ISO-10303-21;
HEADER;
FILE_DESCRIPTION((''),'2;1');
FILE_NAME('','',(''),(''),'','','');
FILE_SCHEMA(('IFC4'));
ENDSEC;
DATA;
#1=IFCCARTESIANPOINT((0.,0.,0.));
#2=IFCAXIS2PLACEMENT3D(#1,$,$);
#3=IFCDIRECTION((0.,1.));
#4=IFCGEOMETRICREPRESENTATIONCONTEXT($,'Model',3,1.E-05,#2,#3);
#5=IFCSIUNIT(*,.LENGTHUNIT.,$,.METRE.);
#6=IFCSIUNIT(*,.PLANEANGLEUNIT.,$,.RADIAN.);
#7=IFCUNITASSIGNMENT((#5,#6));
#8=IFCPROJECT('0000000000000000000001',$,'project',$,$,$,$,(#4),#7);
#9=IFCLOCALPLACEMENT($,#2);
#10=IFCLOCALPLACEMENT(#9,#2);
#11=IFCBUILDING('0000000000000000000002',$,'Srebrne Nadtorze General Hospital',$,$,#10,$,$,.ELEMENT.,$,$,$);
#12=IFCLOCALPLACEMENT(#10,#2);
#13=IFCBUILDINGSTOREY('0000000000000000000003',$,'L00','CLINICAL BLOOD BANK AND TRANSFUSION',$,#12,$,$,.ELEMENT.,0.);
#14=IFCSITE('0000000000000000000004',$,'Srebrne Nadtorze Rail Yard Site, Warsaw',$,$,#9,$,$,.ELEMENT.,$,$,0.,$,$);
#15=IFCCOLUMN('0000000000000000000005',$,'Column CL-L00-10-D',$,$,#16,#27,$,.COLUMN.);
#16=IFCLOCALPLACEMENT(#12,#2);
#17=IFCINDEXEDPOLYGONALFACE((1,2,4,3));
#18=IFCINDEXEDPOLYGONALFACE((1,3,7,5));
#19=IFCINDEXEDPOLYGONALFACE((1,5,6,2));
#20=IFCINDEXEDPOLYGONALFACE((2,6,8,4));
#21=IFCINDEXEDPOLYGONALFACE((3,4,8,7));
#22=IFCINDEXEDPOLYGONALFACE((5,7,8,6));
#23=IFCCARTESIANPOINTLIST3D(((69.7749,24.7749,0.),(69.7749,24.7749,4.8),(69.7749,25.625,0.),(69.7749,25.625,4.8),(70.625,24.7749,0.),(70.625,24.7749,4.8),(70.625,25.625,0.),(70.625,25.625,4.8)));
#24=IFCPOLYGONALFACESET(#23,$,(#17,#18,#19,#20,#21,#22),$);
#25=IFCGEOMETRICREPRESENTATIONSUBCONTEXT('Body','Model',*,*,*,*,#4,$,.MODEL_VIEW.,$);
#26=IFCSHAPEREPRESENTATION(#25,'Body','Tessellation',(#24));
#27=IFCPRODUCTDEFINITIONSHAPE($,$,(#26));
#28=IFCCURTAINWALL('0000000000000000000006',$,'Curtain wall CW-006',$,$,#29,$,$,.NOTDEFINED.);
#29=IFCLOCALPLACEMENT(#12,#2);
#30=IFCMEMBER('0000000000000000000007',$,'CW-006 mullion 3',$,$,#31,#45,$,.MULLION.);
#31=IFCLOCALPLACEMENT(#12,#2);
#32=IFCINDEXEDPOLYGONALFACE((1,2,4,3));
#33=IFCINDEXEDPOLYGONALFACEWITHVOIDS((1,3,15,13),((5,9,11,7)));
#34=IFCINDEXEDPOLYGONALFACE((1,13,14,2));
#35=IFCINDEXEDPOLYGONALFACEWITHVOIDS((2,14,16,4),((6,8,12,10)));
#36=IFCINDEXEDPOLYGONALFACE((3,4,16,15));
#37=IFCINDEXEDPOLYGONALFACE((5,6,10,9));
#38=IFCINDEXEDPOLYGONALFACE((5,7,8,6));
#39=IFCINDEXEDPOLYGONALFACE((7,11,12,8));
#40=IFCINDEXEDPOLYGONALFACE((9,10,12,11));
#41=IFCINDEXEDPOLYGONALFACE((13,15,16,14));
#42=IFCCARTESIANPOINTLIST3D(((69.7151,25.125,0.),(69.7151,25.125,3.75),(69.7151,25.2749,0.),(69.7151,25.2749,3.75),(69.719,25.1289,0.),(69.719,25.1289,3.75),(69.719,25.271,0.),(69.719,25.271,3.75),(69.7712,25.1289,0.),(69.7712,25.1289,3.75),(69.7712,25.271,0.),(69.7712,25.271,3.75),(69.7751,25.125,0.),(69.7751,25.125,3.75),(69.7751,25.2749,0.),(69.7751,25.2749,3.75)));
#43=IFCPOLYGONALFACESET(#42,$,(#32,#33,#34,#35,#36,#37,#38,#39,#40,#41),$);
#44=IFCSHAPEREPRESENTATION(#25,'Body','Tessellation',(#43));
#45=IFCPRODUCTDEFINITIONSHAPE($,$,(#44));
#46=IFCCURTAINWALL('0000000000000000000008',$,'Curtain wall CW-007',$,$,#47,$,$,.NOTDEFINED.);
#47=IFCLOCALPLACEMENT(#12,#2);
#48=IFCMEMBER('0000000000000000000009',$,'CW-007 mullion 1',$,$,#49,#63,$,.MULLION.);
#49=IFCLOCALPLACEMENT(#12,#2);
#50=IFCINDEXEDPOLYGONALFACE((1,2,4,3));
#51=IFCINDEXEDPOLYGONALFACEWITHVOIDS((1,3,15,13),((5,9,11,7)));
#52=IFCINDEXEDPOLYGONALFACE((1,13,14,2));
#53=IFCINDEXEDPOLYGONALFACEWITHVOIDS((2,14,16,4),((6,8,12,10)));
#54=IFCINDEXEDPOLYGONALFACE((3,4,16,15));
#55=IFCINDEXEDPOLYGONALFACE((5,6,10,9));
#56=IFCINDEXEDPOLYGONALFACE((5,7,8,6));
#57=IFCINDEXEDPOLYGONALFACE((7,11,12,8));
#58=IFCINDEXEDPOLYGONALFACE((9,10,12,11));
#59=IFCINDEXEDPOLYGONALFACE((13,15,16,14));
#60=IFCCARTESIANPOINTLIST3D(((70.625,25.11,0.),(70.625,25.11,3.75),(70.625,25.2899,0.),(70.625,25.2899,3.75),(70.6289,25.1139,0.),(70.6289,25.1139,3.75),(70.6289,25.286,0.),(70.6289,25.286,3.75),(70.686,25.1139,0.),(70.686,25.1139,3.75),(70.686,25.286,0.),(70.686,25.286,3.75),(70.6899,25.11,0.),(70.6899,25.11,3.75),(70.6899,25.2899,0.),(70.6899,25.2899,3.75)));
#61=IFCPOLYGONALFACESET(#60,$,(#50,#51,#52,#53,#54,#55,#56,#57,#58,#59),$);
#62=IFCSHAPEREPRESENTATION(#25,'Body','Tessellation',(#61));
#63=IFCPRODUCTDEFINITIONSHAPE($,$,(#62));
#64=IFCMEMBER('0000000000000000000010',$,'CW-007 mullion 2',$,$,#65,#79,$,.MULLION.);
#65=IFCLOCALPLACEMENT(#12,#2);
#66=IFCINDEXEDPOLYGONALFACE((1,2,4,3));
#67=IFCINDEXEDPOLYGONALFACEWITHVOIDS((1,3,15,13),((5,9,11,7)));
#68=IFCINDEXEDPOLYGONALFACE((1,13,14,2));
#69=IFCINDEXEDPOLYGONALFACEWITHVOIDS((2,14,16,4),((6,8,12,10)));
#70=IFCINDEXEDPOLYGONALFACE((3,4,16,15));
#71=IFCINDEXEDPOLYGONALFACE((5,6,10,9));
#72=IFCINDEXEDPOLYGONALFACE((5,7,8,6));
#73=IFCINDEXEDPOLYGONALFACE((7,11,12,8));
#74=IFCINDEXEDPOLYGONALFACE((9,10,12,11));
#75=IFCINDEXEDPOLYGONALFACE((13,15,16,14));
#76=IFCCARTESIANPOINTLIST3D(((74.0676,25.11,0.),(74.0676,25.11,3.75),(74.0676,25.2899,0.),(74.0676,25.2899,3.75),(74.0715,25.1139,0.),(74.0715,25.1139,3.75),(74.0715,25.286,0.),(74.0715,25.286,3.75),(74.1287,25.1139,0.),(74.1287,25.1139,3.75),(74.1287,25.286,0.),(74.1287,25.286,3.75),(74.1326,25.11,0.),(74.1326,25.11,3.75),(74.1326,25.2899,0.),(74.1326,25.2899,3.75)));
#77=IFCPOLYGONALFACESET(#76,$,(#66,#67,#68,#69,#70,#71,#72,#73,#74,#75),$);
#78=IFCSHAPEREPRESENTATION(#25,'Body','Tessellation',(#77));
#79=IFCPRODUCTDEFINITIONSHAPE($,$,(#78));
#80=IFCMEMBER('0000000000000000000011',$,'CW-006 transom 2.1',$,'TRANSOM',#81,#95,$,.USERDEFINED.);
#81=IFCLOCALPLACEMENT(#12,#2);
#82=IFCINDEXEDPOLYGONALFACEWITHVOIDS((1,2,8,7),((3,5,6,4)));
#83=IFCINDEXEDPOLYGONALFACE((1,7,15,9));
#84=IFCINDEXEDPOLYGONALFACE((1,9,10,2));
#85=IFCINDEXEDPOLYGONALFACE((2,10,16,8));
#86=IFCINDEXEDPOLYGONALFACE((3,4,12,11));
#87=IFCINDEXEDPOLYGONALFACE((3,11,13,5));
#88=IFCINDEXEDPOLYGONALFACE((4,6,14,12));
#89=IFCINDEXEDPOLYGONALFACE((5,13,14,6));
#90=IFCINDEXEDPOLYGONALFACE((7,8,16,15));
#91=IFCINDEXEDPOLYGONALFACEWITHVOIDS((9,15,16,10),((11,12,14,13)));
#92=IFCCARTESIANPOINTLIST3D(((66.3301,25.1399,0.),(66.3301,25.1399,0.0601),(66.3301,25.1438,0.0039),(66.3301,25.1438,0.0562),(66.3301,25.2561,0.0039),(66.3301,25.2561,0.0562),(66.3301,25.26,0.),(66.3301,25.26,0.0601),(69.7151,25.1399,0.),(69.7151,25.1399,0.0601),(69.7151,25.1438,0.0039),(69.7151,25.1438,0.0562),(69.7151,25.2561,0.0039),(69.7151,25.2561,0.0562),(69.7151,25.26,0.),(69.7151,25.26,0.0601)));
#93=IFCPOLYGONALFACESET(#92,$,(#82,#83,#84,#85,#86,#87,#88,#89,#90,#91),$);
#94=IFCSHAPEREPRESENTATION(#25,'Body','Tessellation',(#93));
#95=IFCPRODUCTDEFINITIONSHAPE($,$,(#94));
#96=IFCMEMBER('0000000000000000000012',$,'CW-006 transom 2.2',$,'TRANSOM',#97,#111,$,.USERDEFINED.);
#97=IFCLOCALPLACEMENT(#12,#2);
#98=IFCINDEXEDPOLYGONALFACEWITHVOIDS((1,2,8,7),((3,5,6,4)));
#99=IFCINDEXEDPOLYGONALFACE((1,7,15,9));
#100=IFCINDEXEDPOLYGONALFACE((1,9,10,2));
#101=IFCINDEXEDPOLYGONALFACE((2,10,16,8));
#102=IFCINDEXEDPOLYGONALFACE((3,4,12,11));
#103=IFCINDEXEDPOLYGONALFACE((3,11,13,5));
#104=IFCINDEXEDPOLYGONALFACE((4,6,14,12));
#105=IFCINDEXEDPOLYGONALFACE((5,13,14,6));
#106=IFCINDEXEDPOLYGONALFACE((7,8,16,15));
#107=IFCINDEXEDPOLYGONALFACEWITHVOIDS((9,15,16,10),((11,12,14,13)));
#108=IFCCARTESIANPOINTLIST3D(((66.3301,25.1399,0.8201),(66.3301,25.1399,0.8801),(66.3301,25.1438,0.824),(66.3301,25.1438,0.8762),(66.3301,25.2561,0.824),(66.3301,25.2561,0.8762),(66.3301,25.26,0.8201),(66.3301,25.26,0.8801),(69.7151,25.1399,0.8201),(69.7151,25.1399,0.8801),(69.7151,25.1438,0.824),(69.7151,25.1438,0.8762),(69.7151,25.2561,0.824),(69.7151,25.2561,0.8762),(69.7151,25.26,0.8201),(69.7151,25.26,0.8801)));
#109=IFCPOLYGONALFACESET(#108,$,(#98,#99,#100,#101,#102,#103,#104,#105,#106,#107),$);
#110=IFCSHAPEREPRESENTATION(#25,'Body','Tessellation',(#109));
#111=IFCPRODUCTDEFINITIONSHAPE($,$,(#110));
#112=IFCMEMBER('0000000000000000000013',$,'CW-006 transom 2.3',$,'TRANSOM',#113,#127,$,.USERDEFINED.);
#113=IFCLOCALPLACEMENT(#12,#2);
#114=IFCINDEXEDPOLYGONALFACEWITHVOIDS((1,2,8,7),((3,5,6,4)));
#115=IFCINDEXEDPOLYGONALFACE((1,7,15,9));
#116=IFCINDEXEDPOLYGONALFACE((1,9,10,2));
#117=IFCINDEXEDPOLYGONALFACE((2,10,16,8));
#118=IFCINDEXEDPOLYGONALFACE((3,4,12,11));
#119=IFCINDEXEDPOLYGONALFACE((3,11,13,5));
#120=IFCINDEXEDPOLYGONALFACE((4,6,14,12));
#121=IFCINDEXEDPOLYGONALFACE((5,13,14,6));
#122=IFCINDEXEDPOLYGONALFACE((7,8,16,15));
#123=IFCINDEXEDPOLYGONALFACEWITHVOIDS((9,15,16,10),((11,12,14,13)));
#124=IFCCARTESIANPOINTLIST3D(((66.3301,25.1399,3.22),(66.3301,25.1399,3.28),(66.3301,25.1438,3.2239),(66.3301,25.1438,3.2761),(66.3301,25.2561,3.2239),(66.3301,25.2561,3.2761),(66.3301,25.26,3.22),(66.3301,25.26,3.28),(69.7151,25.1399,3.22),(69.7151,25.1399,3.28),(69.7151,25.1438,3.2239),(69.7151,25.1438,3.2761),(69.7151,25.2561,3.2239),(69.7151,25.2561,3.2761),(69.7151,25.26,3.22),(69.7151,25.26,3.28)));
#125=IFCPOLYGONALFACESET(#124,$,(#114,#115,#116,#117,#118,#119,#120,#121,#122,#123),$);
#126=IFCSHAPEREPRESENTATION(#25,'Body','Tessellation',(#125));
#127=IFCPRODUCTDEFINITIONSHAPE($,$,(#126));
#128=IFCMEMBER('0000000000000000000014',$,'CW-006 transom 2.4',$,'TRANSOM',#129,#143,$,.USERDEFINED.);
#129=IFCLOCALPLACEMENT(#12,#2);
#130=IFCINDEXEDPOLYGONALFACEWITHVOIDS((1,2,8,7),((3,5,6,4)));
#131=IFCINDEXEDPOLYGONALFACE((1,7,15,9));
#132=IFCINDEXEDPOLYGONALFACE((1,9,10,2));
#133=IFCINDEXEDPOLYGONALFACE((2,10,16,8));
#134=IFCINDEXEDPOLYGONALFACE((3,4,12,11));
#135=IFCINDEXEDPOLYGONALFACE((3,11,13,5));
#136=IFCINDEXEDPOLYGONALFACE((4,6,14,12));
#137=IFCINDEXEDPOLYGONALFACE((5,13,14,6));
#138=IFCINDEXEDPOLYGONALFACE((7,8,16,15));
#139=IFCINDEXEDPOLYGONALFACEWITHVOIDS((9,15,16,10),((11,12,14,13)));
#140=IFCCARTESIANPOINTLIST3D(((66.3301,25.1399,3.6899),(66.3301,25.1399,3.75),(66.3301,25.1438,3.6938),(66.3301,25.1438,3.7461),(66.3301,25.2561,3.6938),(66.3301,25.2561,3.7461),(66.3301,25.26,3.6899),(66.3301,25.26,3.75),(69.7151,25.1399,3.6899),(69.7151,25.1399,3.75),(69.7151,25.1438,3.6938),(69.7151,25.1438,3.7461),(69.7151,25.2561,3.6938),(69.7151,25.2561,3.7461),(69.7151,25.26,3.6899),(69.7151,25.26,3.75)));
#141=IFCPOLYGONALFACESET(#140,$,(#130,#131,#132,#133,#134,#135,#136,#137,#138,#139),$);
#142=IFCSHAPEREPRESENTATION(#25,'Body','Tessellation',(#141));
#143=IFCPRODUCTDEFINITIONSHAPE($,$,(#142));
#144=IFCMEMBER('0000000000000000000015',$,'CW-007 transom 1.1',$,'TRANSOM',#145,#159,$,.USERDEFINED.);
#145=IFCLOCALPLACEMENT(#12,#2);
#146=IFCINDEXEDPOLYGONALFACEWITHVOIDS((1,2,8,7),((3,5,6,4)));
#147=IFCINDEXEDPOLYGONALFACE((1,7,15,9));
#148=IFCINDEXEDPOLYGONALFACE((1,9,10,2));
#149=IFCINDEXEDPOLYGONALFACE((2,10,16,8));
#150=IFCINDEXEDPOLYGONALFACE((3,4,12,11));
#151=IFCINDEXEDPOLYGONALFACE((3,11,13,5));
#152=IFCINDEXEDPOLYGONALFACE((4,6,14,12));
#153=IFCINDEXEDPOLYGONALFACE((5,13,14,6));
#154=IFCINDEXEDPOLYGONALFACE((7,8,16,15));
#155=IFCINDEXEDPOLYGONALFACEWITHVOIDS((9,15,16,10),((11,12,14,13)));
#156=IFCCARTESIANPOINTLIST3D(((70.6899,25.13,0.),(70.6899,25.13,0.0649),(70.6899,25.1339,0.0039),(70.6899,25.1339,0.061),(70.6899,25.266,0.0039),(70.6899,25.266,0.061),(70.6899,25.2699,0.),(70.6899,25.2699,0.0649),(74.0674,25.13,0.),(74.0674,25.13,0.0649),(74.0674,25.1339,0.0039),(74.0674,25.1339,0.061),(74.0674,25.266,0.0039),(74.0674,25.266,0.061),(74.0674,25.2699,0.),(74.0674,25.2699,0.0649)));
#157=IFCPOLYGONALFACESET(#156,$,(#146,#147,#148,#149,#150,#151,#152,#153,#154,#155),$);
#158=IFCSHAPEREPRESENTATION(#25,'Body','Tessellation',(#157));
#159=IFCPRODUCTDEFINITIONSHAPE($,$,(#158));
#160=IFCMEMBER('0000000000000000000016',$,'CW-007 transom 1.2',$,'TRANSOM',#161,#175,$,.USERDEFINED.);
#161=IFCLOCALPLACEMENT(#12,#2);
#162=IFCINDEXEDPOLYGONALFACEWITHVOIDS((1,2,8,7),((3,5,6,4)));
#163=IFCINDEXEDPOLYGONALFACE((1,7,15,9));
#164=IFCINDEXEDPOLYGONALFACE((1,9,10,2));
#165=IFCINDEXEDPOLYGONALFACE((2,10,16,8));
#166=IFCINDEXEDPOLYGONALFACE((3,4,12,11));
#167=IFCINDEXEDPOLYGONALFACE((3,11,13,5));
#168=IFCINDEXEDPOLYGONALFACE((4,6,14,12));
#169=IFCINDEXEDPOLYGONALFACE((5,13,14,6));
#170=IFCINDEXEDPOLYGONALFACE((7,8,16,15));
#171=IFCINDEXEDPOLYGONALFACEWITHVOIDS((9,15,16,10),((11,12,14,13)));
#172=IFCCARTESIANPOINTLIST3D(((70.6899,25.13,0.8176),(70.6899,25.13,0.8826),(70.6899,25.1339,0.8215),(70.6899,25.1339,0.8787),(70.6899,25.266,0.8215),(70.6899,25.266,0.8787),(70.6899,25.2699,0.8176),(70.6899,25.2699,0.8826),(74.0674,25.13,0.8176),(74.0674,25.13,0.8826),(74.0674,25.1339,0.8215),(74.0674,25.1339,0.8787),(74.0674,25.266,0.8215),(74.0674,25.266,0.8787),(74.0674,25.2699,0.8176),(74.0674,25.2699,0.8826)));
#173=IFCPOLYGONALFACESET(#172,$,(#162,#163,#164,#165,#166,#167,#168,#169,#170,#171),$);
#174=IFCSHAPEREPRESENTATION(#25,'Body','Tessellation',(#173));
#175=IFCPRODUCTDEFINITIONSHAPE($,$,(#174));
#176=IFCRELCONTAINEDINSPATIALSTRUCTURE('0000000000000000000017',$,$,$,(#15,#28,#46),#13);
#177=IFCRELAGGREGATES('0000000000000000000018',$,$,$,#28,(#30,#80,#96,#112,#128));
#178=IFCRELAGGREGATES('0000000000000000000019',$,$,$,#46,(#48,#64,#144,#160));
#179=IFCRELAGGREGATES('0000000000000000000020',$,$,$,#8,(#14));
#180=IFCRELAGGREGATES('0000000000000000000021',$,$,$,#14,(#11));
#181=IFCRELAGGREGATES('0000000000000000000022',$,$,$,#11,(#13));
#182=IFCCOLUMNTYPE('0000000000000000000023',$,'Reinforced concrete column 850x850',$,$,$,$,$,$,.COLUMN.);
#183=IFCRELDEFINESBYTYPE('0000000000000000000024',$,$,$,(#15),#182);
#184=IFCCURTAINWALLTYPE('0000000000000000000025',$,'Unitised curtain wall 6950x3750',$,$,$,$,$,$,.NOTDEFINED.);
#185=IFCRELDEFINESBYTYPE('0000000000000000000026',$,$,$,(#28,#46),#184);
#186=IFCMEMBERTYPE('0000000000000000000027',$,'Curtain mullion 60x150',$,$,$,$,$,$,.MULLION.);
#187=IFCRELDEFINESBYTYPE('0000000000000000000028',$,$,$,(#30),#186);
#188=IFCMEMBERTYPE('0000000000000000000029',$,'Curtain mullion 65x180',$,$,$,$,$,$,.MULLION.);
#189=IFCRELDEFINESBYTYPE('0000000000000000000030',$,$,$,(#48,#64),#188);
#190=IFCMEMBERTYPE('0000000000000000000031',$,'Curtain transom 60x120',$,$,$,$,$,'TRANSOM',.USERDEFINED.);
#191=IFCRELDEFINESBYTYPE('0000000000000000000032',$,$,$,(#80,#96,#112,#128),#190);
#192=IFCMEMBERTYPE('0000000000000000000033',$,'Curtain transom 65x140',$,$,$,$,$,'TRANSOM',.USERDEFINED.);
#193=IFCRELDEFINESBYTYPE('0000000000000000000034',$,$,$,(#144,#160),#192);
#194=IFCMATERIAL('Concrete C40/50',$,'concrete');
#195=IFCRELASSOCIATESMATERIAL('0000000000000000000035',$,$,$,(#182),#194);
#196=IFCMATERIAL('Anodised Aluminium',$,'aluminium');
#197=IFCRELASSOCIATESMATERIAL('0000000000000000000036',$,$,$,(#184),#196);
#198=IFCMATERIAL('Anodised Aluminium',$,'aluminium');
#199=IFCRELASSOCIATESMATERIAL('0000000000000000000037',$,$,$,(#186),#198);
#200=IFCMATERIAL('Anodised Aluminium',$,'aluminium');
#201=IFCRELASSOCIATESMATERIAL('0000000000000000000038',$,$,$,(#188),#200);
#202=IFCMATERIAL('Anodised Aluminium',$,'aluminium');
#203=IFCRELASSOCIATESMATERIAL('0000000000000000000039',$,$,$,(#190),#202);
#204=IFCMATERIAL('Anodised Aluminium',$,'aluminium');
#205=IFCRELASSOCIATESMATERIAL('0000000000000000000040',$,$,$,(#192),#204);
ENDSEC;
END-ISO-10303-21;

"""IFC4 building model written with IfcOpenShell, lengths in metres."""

from ifc_helpers import new_model, si_unit, direction, frame, origin, origin_2d, place, context, subcontext, project, spatial, rectangle, hollow_rectangle, extrude, material, material_profile, profile_set, type_object, element, aggregate, save


model = new_model("IFC4")

# Units and contexts
model_context = context("Model", 3, precision=1e-05, world=origin(), true_north=direction((0.0, 1.0)))
body_context = subcontext(model_context, "Body", "Model", "MODEL_VIEW")
ifc_project = project(units=[si_unit("LENGTHUNIT", "METRE"), si_unit("PLANEANGLEUNIT", "RADIAN")], contexts=[model_context])

# Site, building, storey
site_placement = place(None, origin())
site = spatial("IfcSite", under=ifc_project, at=site_placement, Name="Srebrne Nadtorze Rail Yard Site, Warsaw", CompositionType="ELEMENT", RefElevation=0.0)
building_placement = place(site_placement, origin())
building = spatial("IfcBuilding", under=site, at=building_placement, Name="Srebrne Nadtorze General Hospital", CompositionType="ELEMENT")
storey_placement = place(building_placement, origin())
storey = spatial("IfcBuildingStorey", under=building, at=storey_placement, Name="L00", Description="CLINICAL BLOOD BANK AND TRANSFUSION", CompositionType="ELEMENT", Elevation=0.0)

# Column
ifc_material_1 = material(Name="Concrete C40/50", Category="concrete")
ifc_material_profile_1 = material_profile(ifc_material_1, rectangle(XDim=0.8501, YDim=0.8501, at=origin_2d()), Name="RC-COL-850x850")
ifc_profile_set_1 = profile_set([ifc_material_profile_1], Name="Concrete C40/50")
column_type = type_object("IfcColumnType", Name="Reinforced concrete column 850x850", PredefinedType="COLUMN", material=ifc_profile_set_1)
column_placement = place(storey_placement, frame((70.2, 25.2, 0.0), z_axis=(0.0, 0.0, 1.0), x_axis=(1.0, 0.0, 0.0)))
element("IfcColumn", 1, at=column_placement, inside=storey, type_object=column_type, Name="Column CL-L00-10-D", PredefinedType="COLUMN", context=body_context, shape_type="SweptSolid", body=[
    extrude(rectangle(XDim=0.8501, YDim=0.8501, at=origin_2d()), origin(), (0.0, 0.0, 1.0), 4.8),
])

# Curtain wall, member
ifc_material_2 = material(Name="Anodised Aluminium", Category="aluminium")
curtain_wall_type = type_object("IfcCurtainWallType", Name="Unitised curtain wall 6950x3750", PredefinedType="NOTDEFINED", material=ifc_material_2)
curtain_wall_1_placement = place(storey_placement, origin())
curtain_wall_1 = element("IfcCurtainWall", 2, at=curtain_wall_1_placement, inside=storey, type_object=curtain_wall_type, Name="Curtain wall CW-006", PredefinedType="NOTDEFINED")
ifc_material_3 = material(Name="Anodised Aluminium", Category="aluminium")
ifc_material_profile_2 = material_profile(ifc_material_3, hollow_rectangle(XDim=0.0601, YDim=0.1499, WallThickness=0.0039, at=origin_2d()), Name="AL-MUL-60x150")
ifc_profile_set_2 = profile_set([ifc_material_profile_2], Name="Anodised Aluminium")
member_type_1 = type_object("IfcMemberType", Name="Curtain mullion 60x150", PredefinedType="MULLION", material=ifc_profile_set_2)
member_1_placement = place(storey_placement, frame((69.7451, 25.2, 0.0), z_axis=(0.0, 0.0, 1.0), x_axis=(1.0, 0.0, 0.0)))
member_1 = element("IfcMember", 3, at=member_1_placement, type_object=member_type_1, Name="CW-006 mullion 3", PredefinedType="MULLION", context=body_context, shape_type="SweptSolid", body=[
    extrude(hollow_rectangle(XDim=0.0601, YDim=0.1499, WallThickness=0.0039, at=origin_2d()), origin(), (0.0, 0.0, 1.0), 3.75),
])

# Curtain wall, members
curtain_wall_2_placement = place(storey_placement, origin())
curtain_wall_2 = element("IfcCurtainWall", 4, at=curtain_wall_2_placement, inside=storey, type_object=curtain_wall_type, Name="Curtain wall CW-007", PredefinedType="NOTDEFINED")
ifc_material_4 = material(Name="Anodised Aluminium", Category="aluminium")
ifc_material_profile_3 = material_profile(ifc_material_4, hollow_rectangle(XDim=0.0649, YDim=0.1799, WallThickness=0.0039, at=origin_2d()), Name="AL-MUL-65x180")
ifc_profile_set_3 = profile_set([ifc_material_profile_3], Name="Anodised Aluminium")
member_type_2 = type_object("IfcMemberType", Name="Curtain mullion 65x180", PredefinedType="MULLION", material=ifc_profile_set_3)
member_2_placement = place(storey_placement, frame((70.6575, 25.2, 0.0), z_axis=(0.0, 0.0, 1.0), x_axis=(1.0, 0.0, 0.0)))
member_2 = element("IfcMember", 5, at=member_2_placement, type_object=member_type_2, Name="CW-007 mullion 1", PredefinedType="MULLION", context=body_context, shape_type="SweptSolid", body=[
    extrude(hollow_rectangle(XDim=0.0649, YDim=0.1799, WallThickness=0.0039, at=origin_2d()), origin(), (0.0, 0.0, 1.0), 3.75),
])
member_3_placement = place(storey_placement, frame((74.1001, 25.2, 0.0), z_axis=(0.0, 0.0, 1.0), x_axis=(1.0, 0.0, 0.0)))
member_3 = element("IfcMember", 6, at=member_3_placement, type_object=member_type_2, Name="CW-007 mullion 2", PredefinedType="MULLION", context=body_context, shape_type="SweptSolid", body=[
    extrude(hollow_rectangle(XDim=0.0649, YDim=0.1799, WallThickness=0.0039, at=origin_2d()), origin(), (0.0, 0.0, 1.0), 3.75),
])

# Members
ifc_material_5 = material(Name="Anodised Aluminium", Category="aluminium")
ifc_material_profile_4 = material_profile(ifc_material_5, hollow_rectangle(XDim=0.0601, YDim=0.1201, WallThickness=0.0039, at=origin_2d()), Name="AL-TRN-60x120")
ifc_profile_set_4 = profile_set([ifc_material_profile_4], Name="Anodised Aluminium")
member_type_3 = type_object("IfcMemberType", Name="Curtain transom 60x120", ElementType="TRANSOM", PredefinedType="USERDEFINED", material=ifc_profile_set_4)
member_4_placement = place(storey_placement, frame((66.3301, 25.2, 0.03), z_axis=(1.0, 0.0, 0.0), x_axis=(0.0, 0.0, 1.0)))
member_4 = element("IfcMember", 7, at=member_4_placement, type_object=member_type_3, Name="CW-006 transom 2.1", ObjectType="TRANSOM", PredefinedType="USERDEFINED", context=body_context, shape_type="SweptSolid", body=[
    extrude(hollow_rectangle(XDim=0.0601, YDim=0.1201, WallThickness=0.0039, at=origin_2d()), origin(), (0.0, 0.0, 1.0), 3.385),
])
member_5_placement = place(storey_placement, frame((66.3301, 25.2, 0.8501), z_axis=(1.0, 0.0, 0.0), x_axis=(0.0, 0.0, 1.0)))
member_5 = element("IfcMember", 8, at=member_5_placement, type_object=member_type_3, Name="CW-006 transom 2.2", ObjectType="TRANSOM", PredefinedType="USERDEFINED", context=body_context, shape_type="SweptSolid", body=[
    extrude(hollow_rectangle(XDim=0.0601, YDim=0.1201, WallThickness=0.0039, at=origin_2d()), origin(), (0.0, 0.0, 1.0), 3.385),
])
member_6_placement = place(storey_placement, frame((66.3301, 25.2, 3.25), z_axis=(1.0, 0.0, 0.0), x_axis=(0.0, 0.0, 1.0)))
member_6 = element("IfcMember", 9, at=member_6_placement, type_object=member_type_3, Name="CW-006 transom 2.3", ObjectType="TRANSOM", PredefinedType="USERDEFINED", context=body_context, shape_type="SweptSolid", body=[
    extrude(hollow_rectangle(XDim=0.0601, YDim=0.1201, WallThickness=0.0039, at=origin_2d()), origin(), (0.0, 0.0, 1.0), 3.385),
])
member_7_placement = place(storey_placement, frame((66.3301, 25.2, 3.72), z_axis=(1.0, 0.0, 0.0), x_axis=(0.0, 0.0, 1.0)))
member_7 = element("IfcMember", 10, at=member_7_placement, type_object=member_type_3, Name="CW-006 transom 2.4", ObjectType="TRANSOM", PredefinedType="USERDEFINED", context=body_context, shape_type="SweptSolid", body=[
    extrude(hollow_rectangle(XDim=0.0601, YDim=0.1201, WallThickness=0.0039, at=origin_2d()), origin(), (0.0, 0.0, 1.0), 3.385),
])
ifc_material_6 = material(Name="Anodised Aluminium", Category="aluminium")
ifc_material_profile_5 = material_profile(ifc_material_6, hollow_rectangle(XDim=0.0649, YDim=0.1399, WallThickness=0.0039, at=origin_2d()), Name="AL-TRN-65x140")
ifc_profile_set_5 = profile_set([ifc_material_profile_5], Name="Anodised Aluminium")
member_type_4 = type_object("IfcMemberType", Name="Curtain transom 65x140", ElementType="TRANSOM", PredefinedType="USERDEFINED", material=ifc_profile_set_5)
member_8_placement = place(storey_placement, frame((70.6899, 25.2, 0.0325), z_axis=(1.0, 0.0, 0.0), x_axis=(0.0, 0.0, 1.0)))
member_8 = element("IfcMember", 11, at=member_8_placement, type_object=member_type_4, Name="CW-007 transom 1.1", ObjectType="TRANSOM", PredefinedType="USERDEFINED", context=body_context, shape_type="SweptSolid", body=[
    extrude(hollow_rectangle(XDim=0.0649, YDim=0.1399, WallThickness=0.0039, at=origin_2d()), origin(), (0.0, 0.0, 1.0), 3.3774),
])
member_9_placement = place(storey_placement, frame((70.6899, 25.2, 0.8501), z_axis=(1.0, 0.0, 0.0), x_axis=(0.0, 0.0, 1.0)))
member_9 = element("IfcMember", 12, at=member_9_placement, type_object=member_type_4, Name="CW-007 transom 1.2", ObjectType="TRANSOM", PredefinedType="USERDEFINED", context=body_context, shape_type="SweptSolid", body=[
    extrude(hollow_rectangle(XDim=0.0649, YDim=0.1399, WallThickness=0.0039, at=origin_2d()), origin(), (0.0, 0.0, 1.0), 3.3774),
])

aggregate(curtain_wall_1, [member_1, member_4, member_5, member_6, member_7])
aggregate(curtain_wall_2, [member_2, member_3, member_8, member_9])

save(model, "model.ifc")
